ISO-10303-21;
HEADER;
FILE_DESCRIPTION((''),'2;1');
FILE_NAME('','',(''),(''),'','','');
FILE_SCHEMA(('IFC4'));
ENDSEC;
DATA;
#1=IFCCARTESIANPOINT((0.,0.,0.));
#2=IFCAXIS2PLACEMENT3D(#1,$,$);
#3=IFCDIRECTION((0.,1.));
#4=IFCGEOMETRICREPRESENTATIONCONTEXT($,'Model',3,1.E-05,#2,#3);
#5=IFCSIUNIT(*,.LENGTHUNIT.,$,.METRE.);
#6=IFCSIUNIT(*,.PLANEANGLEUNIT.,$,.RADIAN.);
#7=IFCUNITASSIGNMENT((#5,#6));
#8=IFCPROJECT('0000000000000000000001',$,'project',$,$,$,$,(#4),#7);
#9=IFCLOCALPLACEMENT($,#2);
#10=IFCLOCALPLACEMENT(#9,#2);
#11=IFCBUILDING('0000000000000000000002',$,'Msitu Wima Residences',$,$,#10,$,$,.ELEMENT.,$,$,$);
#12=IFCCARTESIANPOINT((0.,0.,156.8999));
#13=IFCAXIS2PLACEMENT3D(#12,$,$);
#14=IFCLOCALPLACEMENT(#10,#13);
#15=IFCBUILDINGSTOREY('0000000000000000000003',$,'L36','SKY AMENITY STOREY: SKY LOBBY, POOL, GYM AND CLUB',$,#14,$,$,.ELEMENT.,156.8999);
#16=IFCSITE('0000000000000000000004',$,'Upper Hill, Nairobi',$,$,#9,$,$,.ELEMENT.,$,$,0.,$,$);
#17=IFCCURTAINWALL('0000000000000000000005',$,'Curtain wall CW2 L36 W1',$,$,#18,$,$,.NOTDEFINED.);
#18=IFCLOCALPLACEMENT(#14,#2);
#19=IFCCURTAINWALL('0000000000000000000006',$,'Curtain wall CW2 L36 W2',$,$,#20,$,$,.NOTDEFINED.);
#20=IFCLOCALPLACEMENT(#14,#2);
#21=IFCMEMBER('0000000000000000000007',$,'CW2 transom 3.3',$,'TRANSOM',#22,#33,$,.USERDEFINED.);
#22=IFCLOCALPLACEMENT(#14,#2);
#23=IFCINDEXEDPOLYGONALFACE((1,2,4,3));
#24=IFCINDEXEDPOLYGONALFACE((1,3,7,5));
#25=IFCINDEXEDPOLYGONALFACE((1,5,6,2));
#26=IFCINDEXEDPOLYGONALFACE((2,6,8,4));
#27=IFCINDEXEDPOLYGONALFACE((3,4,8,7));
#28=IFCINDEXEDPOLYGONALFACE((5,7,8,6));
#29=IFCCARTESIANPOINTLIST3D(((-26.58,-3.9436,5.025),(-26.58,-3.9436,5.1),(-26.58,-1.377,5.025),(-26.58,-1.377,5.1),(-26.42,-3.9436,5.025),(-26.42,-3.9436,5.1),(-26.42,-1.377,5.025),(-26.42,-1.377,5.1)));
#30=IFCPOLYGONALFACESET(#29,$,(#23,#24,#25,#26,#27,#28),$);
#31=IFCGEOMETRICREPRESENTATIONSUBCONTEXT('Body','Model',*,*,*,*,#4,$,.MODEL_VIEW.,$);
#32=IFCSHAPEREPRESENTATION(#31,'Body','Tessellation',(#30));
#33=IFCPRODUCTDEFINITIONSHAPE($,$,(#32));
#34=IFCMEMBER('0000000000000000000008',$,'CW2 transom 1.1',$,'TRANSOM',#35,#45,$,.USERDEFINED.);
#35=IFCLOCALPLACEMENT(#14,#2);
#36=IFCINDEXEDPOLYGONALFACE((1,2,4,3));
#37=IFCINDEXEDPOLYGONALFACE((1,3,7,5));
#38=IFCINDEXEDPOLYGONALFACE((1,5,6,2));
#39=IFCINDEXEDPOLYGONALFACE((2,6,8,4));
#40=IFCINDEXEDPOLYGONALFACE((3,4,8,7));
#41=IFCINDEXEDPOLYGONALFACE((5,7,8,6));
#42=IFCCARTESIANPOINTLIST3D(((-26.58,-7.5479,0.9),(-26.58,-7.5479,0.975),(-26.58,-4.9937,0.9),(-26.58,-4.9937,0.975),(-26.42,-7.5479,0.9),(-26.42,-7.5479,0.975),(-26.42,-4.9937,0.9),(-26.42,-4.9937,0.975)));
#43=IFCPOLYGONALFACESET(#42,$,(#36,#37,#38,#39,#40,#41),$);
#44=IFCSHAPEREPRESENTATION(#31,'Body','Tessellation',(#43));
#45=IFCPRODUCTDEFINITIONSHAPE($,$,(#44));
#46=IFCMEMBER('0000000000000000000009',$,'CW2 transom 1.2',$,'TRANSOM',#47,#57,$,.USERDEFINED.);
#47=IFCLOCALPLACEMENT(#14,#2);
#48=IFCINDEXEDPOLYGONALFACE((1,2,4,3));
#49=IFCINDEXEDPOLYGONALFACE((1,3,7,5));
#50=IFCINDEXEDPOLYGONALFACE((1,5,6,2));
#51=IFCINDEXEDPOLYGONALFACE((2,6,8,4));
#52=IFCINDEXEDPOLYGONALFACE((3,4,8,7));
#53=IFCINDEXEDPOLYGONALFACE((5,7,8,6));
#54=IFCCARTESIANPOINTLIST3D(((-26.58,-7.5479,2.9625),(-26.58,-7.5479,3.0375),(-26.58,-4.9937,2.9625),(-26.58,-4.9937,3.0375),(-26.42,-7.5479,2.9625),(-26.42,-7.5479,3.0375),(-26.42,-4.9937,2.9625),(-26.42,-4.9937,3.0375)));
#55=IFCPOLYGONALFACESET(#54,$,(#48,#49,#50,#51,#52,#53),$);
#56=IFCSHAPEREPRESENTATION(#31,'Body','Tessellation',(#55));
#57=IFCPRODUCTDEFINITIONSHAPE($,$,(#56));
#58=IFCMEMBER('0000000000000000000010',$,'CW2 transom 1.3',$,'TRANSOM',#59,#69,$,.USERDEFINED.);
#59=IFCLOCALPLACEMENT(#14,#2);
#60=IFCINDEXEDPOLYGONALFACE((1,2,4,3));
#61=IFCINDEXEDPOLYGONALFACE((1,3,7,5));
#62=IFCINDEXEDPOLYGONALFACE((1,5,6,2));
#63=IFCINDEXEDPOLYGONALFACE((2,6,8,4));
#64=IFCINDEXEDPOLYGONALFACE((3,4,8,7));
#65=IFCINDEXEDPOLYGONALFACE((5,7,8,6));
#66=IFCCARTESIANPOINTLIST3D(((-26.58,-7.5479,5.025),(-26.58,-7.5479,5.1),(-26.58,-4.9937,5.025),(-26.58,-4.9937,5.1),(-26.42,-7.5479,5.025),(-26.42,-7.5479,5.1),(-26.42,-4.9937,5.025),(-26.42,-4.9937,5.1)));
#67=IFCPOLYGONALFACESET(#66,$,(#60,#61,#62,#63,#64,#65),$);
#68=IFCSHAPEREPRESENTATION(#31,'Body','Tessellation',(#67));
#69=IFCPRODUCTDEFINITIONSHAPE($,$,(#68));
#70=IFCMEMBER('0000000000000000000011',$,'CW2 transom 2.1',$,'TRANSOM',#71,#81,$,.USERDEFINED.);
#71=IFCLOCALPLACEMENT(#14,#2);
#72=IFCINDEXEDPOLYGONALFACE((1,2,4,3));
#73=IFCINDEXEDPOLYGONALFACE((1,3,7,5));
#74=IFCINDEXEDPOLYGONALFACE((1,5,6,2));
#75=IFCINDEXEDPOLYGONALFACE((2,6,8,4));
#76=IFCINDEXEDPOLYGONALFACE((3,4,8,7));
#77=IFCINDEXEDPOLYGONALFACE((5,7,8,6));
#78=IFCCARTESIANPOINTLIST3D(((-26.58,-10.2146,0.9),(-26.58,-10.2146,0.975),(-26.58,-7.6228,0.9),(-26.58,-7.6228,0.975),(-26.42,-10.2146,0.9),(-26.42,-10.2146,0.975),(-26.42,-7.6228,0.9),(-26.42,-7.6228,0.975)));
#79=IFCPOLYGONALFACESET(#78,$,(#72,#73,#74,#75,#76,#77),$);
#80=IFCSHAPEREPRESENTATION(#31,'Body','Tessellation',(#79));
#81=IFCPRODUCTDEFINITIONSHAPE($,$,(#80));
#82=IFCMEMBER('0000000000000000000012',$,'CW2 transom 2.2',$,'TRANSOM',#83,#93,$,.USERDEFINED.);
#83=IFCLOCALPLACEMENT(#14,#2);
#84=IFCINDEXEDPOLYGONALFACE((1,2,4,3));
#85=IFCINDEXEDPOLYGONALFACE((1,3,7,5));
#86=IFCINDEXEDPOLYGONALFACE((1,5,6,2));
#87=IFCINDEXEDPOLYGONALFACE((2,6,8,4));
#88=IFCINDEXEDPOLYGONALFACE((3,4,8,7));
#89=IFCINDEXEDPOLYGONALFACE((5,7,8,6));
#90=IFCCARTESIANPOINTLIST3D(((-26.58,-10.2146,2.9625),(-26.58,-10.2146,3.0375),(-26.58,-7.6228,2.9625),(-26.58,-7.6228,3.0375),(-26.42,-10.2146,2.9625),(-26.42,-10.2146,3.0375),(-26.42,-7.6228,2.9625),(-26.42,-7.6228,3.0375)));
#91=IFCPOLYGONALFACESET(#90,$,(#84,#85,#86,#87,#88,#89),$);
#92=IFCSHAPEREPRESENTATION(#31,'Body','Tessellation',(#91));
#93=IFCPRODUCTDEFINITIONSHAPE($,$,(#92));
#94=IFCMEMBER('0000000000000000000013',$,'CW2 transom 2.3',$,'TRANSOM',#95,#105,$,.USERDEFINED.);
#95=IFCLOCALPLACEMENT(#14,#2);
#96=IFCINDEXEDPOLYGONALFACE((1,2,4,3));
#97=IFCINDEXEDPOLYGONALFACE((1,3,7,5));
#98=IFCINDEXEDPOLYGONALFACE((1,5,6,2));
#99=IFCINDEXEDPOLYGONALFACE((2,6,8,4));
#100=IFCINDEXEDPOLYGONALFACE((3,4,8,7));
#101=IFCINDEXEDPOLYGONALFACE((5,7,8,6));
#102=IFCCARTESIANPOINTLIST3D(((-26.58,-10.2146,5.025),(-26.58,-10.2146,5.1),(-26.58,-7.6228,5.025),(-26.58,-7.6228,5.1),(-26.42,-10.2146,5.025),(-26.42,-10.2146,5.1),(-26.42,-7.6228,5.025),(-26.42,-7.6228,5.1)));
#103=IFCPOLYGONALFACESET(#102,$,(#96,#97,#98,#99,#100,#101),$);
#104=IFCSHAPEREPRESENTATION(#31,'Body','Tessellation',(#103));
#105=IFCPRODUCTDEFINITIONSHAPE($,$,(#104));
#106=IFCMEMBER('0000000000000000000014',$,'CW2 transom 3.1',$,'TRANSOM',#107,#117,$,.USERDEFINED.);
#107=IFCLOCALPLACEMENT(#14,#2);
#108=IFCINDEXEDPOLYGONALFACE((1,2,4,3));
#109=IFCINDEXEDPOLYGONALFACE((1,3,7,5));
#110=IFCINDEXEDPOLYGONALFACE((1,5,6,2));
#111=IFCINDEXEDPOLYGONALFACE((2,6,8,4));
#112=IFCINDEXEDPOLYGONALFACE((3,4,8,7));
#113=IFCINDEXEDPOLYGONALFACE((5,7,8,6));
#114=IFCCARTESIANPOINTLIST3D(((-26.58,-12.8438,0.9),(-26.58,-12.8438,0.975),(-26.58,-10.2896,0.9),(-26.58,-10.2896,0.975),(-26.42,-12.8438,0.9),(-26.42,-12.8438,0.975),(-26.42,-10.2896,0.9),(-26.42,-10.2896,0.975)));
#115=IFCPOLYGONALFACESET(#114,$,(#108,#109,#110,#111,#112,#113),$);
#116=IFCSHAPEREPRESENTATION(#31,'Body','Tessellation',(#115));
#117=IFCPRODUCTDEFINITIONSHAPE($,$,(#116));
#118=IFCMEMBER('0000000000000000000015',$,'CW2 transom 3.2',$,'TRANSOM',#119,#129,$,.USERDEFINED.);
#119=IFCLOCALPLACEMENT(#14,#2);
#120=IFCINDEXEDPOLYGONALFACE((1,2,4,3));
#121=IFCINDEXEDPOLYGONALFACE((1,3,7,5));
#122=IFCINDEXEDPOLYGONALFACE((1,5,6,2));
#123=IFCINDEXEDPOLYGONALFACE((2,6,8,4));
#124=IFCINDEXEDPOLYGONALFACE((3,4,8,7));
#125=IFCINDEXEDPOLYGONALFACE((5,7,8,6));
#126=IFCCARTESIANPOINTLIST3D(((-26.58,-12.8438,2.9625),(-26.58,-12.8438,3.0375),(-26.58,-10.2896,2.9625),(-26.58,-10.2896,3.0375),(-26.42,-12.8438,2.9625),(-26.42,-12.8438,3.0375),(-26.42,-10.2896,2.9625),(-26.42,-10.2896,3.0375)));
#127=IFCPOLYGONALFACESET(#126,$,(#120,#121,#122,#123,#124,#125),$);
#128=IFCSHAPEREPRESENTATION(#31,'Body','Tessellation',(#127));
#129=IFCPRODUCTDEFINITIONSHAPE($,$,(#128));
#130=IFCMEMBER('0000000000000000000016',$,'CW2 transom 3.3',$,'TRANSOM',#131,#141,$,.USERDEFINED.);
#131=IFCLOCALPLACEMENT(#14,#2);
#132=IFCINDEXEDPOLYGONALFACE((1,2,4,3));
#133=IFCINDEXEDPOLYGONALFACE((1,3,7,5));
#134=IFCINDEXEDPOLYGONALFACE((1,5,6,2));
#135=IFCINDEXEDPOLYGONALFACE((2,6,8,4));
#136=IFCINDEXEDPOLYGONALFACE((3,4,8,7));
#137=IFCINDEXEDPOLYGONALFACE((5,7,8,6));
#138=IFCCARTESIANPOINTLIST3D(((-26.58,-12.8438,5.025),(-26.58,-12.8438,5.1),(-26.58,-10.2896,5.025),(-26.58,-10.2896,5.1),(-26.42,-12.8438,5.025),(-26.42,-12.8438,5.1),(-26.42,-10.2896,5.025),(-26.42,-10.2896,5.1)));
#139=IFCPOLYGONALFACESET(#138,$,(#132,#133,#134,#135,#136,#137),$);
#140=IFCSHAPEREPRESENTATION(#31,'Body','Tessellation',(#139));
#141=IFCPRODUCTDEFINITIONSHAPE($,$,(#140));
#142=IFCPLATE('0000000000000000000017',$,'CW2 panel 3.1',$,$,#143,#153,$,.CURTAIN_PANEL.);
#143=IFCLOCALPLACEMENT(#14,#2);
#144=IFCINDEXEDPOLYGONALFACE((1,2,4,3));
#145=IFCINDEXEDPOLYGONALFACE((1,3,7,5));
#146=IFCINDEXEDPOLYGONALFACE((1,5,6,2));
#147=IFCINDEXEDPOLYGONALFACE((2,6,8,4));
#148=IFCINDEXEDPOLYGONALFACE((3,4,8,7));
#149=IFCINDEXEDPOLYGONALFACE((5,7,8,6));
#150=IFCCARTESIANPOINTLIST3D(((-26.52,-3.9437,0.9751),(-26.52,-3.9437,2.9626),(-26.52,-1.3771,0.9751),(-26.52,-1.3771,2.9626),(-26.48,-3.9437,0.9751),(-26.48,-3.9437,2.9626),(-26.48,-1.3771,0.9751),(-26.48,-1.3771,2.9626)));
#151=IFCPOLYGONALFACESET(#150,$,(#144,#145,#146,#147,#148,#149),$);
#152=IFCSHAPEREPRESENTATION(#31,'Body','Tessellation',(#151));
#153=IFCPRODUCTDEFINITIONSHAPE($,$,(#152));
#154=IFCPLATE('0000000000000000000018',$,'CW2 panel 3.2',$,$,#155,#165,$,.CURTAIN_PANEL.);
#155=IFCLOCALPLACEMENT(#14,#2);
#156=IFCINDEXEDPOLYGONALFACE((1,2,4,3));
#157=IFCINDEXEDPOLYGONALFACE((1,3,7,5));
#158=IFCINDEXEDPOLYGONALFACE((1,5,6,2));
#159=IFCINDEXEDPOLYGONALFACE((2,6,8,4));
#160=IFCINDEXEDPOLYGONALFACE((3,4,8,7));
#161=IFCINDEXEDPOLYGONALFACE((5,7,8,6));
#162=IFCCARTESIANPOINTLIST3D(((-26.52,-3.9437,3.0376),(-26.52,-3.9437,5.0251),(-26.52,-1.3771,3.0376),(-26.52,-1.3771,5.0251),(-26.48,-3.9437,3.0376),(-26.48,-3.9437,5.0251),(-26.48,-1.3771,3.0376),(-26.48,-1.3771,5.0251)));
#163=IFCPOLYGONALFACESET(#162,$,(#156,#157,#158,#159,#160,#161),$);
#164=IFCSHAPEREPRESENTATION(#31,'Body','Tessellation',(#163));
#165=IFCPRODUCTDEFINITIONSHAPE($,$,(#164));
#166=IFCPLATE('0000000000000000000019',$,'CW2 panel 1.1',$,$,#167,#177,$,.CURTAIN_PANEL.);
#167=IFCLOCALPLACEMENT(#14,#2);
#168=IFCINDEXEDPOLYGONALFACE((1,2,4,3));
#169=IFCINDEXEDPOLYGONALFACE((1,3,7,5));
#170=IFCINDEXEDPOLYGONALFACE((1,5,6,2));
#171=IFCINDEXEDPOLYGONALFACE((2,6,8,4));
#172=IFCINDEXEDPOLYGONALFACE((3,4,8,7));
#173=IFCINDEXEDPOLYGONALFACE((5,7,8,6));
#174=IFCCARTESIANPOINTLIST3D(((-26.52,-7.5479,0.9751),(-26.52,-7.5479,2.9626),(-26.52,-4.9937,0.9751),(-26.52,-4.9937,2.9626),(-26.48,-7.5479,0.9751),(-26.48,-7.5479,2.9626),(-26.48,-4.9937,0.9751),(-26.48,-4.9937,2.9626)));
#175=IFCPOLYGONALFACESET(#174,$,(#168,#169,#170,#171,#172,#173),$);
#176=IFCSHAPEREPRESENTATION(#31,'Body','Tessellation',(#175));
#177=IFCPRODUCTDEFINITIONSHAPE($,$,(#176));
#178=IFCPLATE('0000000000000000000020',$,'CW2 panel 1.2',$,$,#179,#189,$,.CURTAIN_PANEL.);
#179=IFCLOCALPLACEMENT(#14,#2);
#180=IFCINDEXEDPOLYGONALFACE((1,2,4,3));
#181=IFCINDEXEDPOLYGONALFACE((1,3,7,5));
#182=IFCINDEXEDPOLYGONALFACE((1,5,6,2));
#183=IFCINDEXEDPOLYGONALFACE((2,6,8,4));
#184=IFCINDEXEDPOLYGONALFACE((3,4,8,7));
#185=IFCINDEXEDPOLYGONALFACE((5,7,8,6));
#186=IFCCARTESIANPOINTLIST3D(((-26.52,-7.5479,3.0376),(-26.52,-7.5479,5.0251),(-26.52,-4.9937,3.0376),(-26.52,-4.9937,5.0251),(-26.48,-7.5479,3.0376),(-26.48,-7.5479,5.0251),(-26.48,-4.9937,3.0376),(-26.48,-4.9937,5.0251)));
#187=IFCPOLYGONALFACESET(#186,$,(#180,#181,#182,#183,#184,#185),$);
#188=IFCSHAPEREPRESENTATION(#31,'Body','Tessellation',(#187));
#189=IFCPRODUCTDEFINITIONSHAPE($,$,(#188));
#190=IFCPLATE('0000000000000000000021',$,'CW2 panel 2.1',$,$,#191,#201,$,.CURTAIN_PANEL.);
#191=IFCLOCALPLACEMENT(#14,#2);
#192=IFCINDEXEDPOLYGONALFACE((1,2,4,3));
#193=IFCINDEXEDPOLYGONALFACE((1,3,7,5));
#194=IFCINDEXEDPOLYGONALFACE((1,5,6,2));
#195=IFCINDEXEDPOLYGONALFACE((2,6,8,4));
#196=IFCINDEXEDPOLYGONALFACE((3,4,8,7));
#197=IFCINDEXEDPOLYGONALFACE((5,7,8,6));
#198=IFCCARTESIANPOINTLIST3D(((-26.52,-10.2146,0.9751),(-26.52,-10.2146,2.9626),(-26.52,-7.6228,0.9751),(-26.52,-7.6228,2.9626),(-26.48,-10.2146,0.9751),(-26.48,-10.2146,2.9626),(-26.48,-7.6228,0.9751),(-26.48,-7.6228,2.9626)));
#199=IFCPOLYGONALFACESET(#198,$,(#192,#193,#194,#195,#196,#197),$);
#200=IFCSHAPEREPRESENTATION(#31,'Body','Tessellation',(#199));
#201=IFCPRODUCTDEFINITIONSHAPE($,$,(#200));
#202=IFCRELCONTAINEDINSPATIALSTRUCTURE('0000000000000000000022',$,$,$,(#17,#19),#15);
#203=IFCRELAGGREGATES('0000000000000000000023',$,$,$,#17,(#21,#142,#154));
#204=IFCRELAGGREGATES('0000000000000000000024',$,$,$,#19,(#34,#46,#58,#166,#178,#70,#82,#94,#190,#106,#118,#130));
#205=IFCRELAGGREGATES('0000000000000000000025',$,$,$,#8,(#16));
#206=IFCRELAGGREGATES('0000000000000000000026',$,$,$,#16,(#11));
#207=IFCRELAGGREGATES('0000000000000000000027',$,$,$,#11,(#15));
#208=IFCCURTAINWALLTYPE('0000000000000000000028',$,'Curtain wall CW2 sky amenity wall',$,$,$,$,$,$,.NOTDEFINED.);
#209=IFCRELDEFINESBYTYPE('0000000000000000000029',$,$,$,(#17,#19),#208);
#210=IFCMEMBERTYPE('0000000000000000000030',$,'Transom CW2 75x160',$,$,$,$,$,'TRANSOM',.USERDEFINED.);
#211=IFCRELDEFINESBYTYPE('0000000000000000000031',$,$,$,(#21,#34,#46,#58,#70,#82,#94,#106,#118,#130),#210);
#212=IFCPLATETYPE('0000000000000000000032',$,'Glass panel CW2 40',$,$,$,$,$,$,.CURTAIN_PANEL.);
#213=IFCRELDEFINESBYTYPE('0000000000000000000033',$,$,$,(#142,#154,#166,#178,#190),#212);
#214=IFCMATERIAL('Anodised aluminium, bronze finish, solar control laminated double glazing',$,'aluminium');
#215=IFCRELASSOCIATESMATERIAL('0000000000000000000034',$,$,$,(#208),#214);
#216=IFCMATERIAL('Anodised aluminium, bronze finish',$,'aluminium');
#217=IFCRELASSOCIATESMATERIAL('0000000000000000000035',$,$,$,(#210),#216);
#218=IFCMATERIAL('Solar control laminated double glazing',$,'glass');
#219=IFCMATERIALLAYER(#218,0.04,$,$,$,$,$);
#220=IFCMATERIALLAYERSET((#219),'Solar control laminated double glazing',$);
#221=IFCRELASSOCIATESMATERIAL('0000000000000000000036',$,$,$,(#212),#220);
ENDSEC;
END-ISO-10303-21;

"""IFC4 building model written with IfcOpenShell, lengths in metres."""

from ifc_helpers import new_model, si_unit, direction, frame, origin, origin_2d, place, context, subcontext, project, spatial, rectangle, extrude, material, layer, layer_set, material_profile, profile_set, type_object, element, aggregate, save


model = new_model("IFC4")

# Units and contexts
model_context = context("Model", 3, precision=1e-05, world=origin(), true_north=direction((0.0, 1.0)))
body_context = subcontext(model_context, "Body", "Model", "MODEL_VIEW")
ifc_project = project(units=[si_unit("LENGTHUNIT", "METRE"), si_unit("PLANEANGLEUNIT", "RADIAN")], contexts=[model_context])

# Site, building, storey
site_placement = place(None, origin())
site = spatial("IfcSite", under=ifc_project, at=site_placement, Name="Upper Hill, Nairobi", CompositionType="ELEMENT", RefElevation=0.0)
building_placement = place(site_placement, origin())
building = spatial("IfcBuilding", under=site, at=building_placement, Name="Msitu Wima Residences", CompositionType="ELEMENT")
storey_placement = place(building_placement, frame((0.0, 0.0, 156.8999)))
storey = spatial("IfcBuildingStorey", under=building, at=storey_placement, Name="L36", Description="SKY AMENITY STOREY: SKY LOBBY, POOL, GYM AND CLUB", CompositionType="ELEMENT", Elevation=156.8999)

# Curtain walls
ifc_material_1 = material(Name="Anodised aluminium, bronze finish, solar control laminated double glazing", Category="aluminium")
curtain_wall_type = type_object("IfcCurtainWallType", Name="Curtain wall CW2 sky amenity wall", PredefinedType="NOTDEFINED", material=ifc_material_1)
curtain_wall_1_placement = place(storey_placement, origin())
curtain_wall_1 = element("IfcCurtainWall", 1, at=curtain_wall_1_placement, inside=storey, type_object=curtain_wall_type, Name="Curtain wall CW2 L36 W1", PredefinedType="NOTDEFINED")
ifc_material_2 = material(Name="Anodised aluminium, bronze finish", Category="aluminium")
curtain_wall_2_placement = place(storey_placement, origin())
curtain_wall_2 = element("IfcCurtainWall", 2, at=curtain_wall_2_placement, inside=storey, type_object=curtain_wall_type, Name="Curtain wall CW2 L36 W2", PredefinedType="NOTDEFINED")

# Members
ifc_material_profile_1 = material_profile(ifc_material_2, rectangle(XDim=0.1599, YDim=0.075, at=origin_2d()), Name="Transom 75x160")
ifc_profile_set_1 = profile_set([ifc_material_profile_1], Name="Anodised aluminium, bronze finish")
member_type_1 = type_object("IfcMemberType", Name="Transom CW2 75x160", ElementType="TRANSOM", PredefinedType="USERDEFINED", material=ifc_profile_set_1)
member_1_placement = place(storey_placement, frame((-26.5, -1.377, 5.0625), z_axis=(0.0, -1.0, 0.0), x_axis=(1.0, 0.0, 0.0)))
member_1 = element("IfcMember", 3, at=member_1_placement, type_object=member_type_1, Name="CW2 transom 3.3", ObjectType="TRANSOM", PredefinedType="USERDEFINED", context=body_context, shape_type="SweptSolid", body=[
    extrude(rectangle(XDim=0.1599, YDim=0.075, at=origin_2d()), origin(), (0.0, 0.0, 1.0), 2.5667),
])
member_2_placement = place(storey_placement, frame((-26.5, -4.9937, 0.9375), z_axis=(0.0, -1.0, 0.0), x_axis=(1.0, 0.0, 0.0)))
member_2 = element("IfcMember", 4, at=member_2_placement, type_object=member_type_1, Name="CW2 transom 1.1", ObjectType="TRANSOM", PredefinedType="USERDEFINED", context=body_context, shape_type="SweptSolid", body=[
    extrude(rectangle(XDim=0.1599, YDim=0.075, at=origin_2d()), origin(), (0.0, 0.0, 1.0), 2.5542),
])
member_3_placement = place(storey_placement, frame((-26.5, -4.9937, 3.0), z_axis=(0.0, -1.0, 0.0), x_axis=(1.0, 0.0, 0.0)))
member_3 = element("IfcMember", 5, at=member_3_placement, type_object=member_type_1, Name="CW2 transom 1.2", ObjectType="TRANSOM", PredefinedType="USERDEFINED", context=body_context, shape_type="SweptSolid", body=[
    extrude(rectangle(XDim=0.1599, YDim=0.075, at=origin_2d()), origin(), (0.0, 0.0, 1.0), 2.5542),
])
member_4_placement = place(storey_placement, frame((-26.5, -4.9937, 5.0625), z_axis=(0.0, -1.0, 0.0), x_axis=(1.0, 0.0, 0.0)))
member_4 = element("IfcMember", 6, at=member_4_placement, type_object=member_type_1, Name="CW2 transom 1.3", ObjectType="TRANSOM", PredefinedType="USERDEFINED", context=body_context, shape_type="SweptSolid", body=[
    extrude(rectangle(XDim=0.1599, YDim=0.075, at=origin_2d()), origin(), (0.0, 0.0, 1.0), 2.5542),
])
member_5_placement = place(storey_placement, frame((-26.5, -7.6228, 0.9375), z_axis=(0.0, -1.0, 0.0), x_axis=(1.0, 0.0, 0.0)))
member_5 = element("IfcMember", 7, at=member_5_placement, type_object=member_type_1, Name="CW2 transom 2.1", ObjectType="TRANSOM", PredefinedType="USERDEFINED", context=body_context, shape_type="SweptSolid", body=[
    extrude(rectangle(XDim=0.1599, YDim=0.075, at=origin_2d()), origin(), (0.0, 0.0, 1.0), 2.5918),
])
member_6_placement = place(storey_placement, frame((-26.5, -7.6228, 3.0), z_axis=(0.0, -1.0, 0.0), x_axis=(1.0, 0.0, 0.0)))
member_6 = element("IfcMember", 8, at=member_6_placement, type_object=member_type_1, Name="CW2 transom 2.2", ObjectType="TRANSOM", PredefinedType="USERDEFINED", context=body_context, shape_type="SweptSolid", body=[
    extrude(rectangle(XDim=0.1599, YDim=0.075, at=origin_2d()), origin(), (0.0, 0.0, 1.0), 2.5918),
])
member_7_placement = place(storey_placement, frame((-26.5, -7.6228, 5.0625), z_axis=(0.0, -1.0, 0.0), x_axis=(1.0, 0.0, 0.0)))
member_7 = element("IfcMember", 9, at=member_7_placement, type_object=member_type_1, Name="CW2 transom 2.3", ObjectType="TRANSOM", PredefinedType="USERDEFINED", context=body_context, shape_type="SweptSolid", body=[
    extrude(rectangle(XDim=0.1599, YDim=0.075, at=origin_2d()), origin(), (0.0, 0.0, 1.0), 2.5918),
])
member_8_placement = place(storey_placement, frame((-26.5, -10.2896, 0.9375), z_axis=(0.0, -1.0, 0.0), x_axis=(1.0, 0.0, 0.0)))
member_8 = element("IfcMember", 10, at=member_8_placement, type_object=member_type_1, Name="CW2 transom 3.1", ObjectType="TRANSOM", PredefinedType="USERDEFINED", context=body_context, shape_type="SweptSolid", body=[
    extrude(rectangle(XDim=0.1599, YDim=0.075, at=origin_2d()), origin(), (0.0, 0.0, 1.0), 2.5542),
])
member_9_placement = place(storey_placement, frame((-26.5, -10.2896, 3.0), z_axis=(0.0, -1.0, 0.0), x_axis=(1.0, 0.0, 0.0)))
member_9 = element("IfcMember", 11, at=member_9_placement, type_object=member_type_1, Name="CW2 transom 3.2", ObjectType="TRANSOM", PredefinedType="USERDEFINED", context=body_context, shape_type="SweptSolid", body=[
    extrude(rectangle(XDim=0.1599, YDim=0.075, at=origin_2d()), origin(), (0.0, 0.0, 1.0), 2.5542),
])
member_10_placement = place(storey_placement, frame((-26.5, -10.2896, 5.0625), z_axis=(0.0, -1.0, 0.0), x_axis=(1.0, 0.0, 0.0)))
member_10 = element("IfcMember", 12, at=member_10_placement, type_object=member_type_1, Name="CW2 transom 3.3", ObjectType="TRANSOM", PredefinedType="USERDEFINED", context=body_context, shape_type="SweptSolid", body=[
    extrude(rectangle(XDim=0.1599, YDim=0.075, at=origin_2d()), origin(), (0.0, 0.0, 1.0), 2.5542),
])

# Plates
ifc_material_3 = material(Name="Solar control laminated double glazing", Category="glass")
ifc_layer_1 = layer(ifc_material_3, 0.04)
ifc_layer_set_1 = layer_set([ifc_layer_1], Name="Solar control laminated double glazing")
plate_type = type_object("IfcPlateType", Name="Glass panel CW2 40", PredefinedType="CURTAIN_PANEL", material=ifc_layer_set_1)
plate_1_placement = place(storey_placement, frame((-26.5, -2.6604, 0.9751), z_axis=(0.0, 0.0, 1.0), x_axis=(0.0, -1.0, 0.0)))
plate_1 = element("IfcPlate", 13, at=plate_1_placement, type_object=plate_type, Name="CW2 panel 3.1", PredefinedType="CURTAIN_PANEL", context=body_context, shape_type="SweptSolid", body=[
    extrude(rectangle(XDim=2.5667, YDim=0.04, at=origin_2d()), origin(), (0.0, 0.0, 1.0), 1.9875),
])
plate_2_placement = place(storey_placement, frame((-26.5, -2.6604, 3.0376), z_axis=(0.0, 0.0, 1.0), x_axis=(0.0, -1.0, 0.0)))
plate_2 = element("IfcPlate", 14, at=plate_2_placement, type_object=plate_type, Name="CW2 panel 3.2", PredefinedType="CURTAIN_PANEL", context=body_context, shape_type="SweptSolid", body=[
    extrude(rectangle(XDim=2.5667, YDim=0.04, at=origin_2d()), origin(), (0.0, 0.0, 1.0), 1.9875),
])
aggregate(curtain_wall_1, [member_1, plate_1, plate_2])
plate_3_placement = place(storey_placement, frame((-26.5, -6.2708, 0.9751), z_axis=(0.0, 0.0, 1.0), x_axis=(0.0, -1.0, 0.0)))
plate_3 = element("IfcPlate", 15, at=plate_3_placement, type_object=plate_type, Name="CW2 panel 1.1", PredefinedType="CURTAIN_PANEL", context=body_context, shape_type="SweptSolid", body=[
    extrude(rectangle(XDim=2.5542, YDim=0.04, at=origin_2d()), origin(), (0.0, 0.0, 1.0), 1.9875),
])
plate_4_placement = place(storey_placement, frame((-26.5, -6.2708, 3.0376), z_axis=(0.0, 0.0, 1.0), x_axis=(0.0, -1.0, 0.0)))
plate_4 = element("IfcPlate", 16, at=plate_4_placement, type_object=plate_type, Name="CW2 panel 1.2", PredefinedType="CURTAIN_PANEL", context=body_context, shape_type="SweptSolid", body=[
    extrude(rectangle(XDim=2.5542, YDim=0.04, at=origin_2d()), origin(), (0.0, 0.0, 1.0), 1.9875),
])
plate_5_placement = place(storey_placement, frame((-26.5, -8.9187, 0.9751), z_axis=(0.0, 0.0, 1.0), x_axis=(0.0, -1.0, 0.0)))
plate_5 = element("IfcPlate", 17, at=plate_5_placement, type_object=plate_type, Name="CW2 panel 2.1", PredefinedType="CURTAIN_PANEL", context=body_context, shape_type="SweptSolid", body=[
    extrude(rectangle(XDim=2.5918, YDim=0.04, at=origin_2d()), origin(), (0.0, 0.0, 1.0), 1.9875),
])
aggregate(curtain_wall_2, [member_2, member_3, member_4, plate_3, plate_4, member_5, member_6, member_7, plate_5, member_8, member_9, member_10])

save(model, "model.ifc")
